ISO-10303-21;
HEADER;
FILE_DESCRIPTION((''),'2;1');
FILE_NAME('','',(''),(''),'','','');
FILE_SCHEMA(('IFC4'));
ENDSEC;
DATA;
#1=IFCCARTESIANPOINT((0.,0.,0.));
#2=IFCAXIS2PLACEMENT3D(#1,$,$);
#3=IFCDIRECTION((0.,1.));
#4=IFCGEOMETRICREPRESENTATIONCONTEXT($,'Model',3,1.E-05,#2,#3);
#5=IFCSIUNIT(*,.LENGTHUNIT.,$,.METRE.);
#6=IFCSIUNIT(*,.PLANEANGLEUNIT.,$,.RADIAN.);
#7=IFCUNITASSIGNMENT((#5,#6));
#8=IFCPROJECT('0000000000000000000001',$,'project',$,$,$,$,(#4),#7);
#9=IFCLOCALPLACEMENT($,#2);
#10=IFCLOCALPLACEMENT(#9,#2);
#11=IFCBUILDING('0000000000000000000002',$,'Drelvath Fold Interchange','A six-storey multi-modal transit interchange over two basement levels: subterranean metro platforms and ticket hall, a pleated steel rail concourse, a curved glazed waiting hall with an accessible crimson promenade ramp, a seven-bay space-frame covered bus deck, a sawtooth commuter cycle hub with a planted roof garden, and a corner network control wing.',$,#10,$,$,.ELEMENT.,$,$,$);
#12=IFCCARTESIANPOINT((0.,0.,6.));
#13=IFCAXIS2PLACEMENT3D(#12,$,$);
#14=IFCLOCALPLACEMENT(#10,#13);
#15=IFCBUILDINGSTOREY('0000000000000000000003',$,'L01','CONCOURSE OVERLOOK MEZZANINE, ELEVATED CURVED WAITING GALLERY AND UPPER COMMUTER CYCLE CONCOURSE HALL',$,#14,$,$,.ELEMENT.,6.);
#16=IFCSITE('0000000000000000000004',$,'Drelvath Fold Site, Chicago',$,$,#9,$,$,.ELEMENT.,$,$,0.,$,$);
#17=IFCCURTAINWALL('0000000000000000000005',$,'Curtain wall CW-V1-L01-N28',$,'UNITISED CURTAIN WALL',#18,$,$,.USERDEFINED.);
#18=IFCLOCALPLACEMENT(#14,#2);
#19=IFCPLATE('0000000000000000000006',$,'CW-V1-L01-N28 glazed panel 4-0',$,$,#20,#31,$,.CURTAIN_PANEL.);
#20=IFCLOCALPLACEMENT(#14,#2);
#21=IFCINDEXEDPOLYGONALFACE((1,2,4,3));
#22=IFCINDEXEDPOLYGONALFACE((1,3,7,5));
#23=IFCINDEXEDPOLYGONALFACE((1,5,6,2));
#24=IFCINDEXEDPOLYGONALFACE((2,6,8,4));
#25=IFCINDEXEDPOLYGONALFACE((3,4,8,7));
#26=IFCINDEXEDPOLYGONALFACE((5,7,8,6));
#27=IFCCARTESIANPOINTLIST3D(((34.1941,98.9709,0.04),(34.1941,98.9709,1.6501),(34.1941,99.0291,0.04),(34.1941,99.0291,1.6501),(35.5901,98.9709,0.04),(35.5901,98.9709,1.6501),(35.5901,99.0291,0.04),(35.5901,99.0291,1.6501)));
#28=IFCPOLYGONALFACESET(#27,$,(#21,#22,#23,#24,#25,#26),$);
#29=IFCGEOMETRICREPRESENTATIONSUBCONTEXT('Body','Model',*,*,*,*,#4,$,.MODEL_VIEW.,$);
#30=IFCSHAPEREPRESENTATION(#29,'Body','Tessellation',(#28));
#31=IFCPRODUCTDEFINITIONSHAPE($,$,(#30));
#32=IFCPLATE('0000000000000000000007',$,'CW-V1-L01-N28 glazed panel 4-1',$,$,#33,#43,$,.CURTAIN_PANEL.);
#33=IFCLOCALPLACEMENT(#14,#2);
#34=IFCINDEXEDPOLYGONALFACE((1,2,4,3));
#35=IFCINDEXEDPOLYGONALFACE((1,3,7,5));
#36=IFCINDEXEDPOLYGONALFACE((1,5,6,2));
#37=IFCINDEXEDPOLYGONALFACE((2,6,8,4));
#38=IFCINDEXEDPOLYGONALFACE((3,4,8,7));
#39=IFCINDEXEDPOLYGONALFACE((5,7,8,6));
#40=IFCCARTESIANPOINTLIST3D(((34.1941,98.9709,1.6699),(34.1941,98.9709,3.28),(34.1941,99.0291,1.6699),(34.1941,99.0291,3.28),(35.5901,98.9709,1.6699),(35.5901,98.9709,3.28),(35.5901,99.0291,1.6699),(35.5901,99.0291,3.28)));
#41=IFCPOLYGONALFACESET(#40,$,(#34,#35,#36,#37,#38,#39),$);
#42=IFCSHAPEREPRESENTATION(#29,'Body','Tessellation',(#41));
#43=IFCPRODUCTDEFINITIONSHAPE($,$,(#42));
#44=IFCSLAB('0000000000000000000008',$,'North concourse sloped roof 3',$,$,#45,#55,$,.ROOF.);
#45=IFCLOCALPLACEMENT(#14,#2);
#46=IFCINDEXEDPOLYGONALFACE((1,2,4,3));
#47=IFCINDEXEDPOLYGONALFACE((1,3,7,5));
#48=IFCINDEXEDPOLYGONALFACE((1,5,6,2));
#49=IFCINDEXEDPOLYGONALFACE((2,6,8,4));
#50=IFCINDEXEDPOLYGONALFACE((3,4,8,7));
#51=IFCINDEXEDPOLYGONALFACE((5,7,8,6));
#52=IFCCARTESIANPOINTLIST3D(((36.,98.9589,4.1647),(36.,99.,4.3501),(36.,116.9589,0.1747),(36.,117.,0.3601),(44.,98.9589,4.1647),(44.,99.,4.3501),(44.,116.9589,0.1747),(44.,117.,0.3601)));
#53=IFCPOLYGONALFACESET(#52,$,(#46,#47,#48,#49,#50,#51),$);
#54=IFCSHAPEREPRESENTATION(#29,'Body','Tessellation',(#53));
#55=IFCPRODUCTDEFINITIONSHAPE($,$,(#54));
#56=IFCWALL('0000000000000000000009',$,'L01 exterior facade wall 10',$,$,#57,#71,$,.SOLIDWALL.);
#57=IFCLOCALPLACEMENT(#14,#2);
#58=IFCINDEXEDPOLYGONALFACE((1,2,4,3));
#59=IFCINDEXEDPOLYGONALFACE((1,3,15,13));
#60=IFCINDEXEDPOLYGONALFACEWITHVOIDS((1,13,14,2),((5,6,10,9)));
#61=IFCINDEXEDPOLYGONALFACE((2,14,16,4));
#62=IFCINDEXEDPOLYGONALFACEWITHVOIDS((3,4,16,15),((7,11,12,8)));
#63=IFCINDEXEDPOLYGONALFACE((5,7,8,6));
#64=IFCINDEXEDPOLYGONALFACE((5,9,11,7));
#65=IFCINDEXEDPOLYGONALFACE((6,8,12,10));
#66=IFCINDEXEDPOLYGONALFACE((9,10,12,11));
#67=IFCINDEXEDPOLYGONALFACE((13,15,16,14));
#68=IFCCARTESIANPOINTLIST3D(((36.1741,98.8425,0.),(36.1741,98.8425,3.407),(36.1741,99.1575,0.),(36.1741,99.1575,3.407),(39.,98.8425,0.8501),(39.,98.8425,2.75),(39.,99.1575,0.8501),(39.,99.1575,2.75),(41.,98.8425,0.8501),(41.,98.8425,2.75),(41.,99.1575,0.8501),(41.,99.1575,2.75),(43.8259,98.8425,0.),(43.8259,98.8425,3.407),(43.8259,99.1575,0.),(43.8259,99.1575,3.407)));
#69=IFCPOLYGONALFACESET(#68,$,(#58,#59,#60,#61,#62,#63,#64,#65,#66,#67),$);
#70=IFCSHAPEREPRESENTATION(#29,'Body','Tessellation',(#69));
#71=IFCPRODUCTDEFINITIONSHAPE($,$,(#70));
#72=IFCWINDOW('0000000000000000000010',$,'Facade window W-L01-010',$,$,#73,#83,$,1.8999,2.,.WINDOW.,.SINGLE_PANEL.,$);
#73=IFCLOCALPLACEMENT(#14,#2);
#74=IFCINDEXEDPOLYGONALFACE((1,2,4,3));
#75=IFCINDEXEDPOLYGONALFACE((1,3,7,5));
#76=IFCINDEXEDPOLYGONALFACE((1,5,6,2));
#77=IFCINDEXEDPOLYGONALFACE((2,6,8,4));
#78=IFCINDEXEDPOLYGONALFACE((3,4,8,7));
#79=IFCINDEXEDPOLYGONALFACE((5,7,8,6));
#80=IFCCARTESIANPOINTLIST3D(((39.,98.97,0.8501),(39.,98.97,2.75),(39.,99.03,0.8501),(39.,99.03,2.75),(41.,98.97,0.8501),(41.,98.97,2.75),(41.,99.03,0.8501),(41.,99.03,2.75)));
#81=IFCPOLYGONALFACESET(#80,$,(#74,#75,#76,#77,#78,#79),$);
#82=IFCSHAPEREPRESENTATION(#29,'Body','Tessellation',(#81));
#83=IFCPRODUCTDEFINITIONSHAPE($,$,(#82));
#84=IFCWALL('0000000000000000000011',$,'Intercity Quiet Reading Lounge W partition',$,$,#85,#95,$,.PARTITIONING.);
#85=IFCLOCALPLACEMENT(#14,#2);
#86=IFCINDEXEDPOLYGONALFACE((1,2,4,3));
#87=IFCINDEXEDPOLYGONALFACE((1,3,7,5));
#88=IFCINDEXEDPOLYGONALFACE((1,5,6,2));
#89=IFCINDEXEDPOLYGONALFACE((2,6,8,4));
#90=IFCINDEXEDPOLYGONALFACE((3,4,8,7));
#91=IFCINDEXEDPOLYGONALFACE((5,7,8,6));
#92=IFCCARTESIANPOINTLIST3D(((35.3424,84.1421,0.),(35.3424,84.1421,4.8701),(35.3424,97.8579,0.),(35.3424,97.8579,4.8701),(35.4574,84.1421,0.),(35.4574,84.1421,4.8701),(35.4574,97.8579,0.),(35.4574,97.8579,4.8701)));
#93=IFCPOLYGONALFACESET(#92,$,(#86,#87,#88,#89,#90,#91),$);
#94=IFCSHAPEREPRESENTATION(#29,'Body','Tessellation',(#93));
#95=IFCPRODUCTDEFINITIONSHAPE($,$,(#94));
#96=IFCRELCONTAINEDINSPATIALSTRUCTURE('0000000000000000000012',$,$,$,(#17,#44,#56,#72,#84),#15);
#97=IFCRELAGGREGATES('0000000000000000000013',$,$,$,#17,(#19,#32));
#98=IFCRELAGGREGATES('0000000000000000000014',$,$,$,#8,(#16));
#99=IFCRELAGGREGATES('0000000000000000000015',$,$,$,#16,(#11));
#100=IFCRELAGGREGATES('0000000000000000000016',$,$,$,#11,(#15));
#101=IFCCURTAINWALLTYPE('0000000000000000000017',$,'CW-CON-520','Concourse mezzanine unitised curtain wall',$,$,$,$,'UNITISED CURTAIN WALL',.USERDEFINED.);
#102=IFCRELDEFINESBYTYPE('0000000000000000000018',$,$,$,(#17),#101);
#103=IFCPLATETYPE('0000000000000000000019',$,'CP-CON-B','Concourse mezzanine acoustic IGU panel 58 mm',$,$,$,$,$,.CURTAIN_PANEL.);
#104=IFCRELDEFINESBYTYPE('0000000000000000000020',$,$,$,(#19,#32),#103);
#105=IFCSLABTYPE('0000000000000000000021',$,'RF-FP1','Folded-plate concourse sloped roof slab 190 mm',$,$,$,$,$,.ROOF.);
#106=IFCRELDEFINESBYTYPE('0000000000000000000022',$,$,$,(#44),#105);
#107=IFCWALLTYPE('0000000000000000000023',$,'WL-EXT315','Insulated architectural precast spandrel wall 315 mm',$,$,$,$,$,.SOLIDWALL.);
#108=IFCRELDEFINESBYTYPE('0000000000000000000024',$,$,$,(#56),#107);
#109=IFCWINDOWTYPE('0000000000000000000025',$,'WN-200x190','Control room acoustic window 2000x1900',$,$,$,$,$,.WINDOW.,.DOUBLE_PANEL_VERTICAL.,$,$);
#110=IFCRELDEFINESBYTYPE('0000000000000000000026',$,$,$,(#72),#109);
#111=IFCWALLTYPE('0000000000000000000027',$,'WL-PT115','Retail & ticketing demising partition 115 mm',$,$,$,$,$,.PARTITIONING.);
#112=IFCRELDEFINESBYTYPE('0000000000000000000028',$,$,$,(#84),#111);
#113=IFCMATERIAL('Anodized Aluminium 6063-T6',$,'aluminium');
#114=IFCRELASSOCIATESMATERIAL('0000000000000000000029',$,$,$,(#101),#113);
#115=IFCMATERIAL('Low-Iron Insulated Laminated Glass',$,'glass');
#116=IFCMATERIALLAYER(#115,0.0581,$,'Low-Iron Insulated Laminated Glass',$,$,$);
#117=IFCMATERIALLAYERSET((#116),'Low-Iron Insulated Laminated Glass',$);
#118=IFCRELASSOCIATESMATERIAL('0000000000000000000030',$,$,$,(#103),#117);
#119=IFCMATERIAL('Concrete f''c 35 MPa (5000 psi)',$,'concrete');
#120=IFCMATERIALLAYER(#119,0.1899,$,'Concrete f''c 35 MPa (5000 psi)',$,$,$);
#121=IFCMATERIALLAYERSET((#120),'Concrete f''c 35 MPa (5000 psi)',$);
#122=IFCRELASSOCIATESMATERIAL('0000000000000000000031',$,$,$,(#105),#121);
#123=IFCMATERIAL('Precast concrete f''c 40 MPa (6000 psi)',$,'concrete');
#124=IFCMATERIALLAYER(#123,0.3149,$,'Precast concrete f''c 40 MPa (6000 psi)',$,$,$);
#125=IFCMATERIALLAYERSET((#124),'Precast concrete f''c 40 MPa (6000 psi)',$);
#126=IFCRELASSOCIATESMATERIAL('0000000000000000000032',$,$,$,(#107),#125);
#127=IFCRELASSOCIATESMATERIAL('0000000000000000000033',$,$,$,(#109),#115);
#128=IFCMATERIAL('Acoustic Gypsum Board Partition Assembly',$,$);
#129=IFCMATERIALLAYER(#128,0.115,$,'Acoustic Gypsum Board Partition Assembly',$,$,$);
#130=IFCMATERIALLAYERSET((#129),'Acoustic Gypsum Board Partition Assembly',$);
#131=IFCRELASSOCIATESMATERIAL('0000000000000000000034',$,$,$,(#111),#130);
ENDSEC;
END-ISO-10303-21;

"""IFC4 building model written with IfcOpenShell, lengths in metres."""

from ifc_helpers import new_model, si_unit, direction, frame, frame_2d, origin, origin_2d, place, context, subcontext, project, spatial, polyline, rectangle, outline, extrude, material, layer, layer_set, type_object, element, fill, aggregate, save


model = new_model("IFC4")

# Units and contexts
model_context = context("Model", 3, precision=1e-05, world=origin(), true_north=direction((0.0, 1.0)))
body_context = subcontext(model_context, "Body", "Model", "MODEL_VIEW")
ifc_project = project(units=[si_unit("LENGTHUNIT", "METRE"), si_unit("PLANEANGLEUNIT", "RADIAN")], contexts=[model_context])

# Site, building, storey
site_placement = place(None, origin())
site = spatial("IfcSite", under=ifc_project, at=site_placement, Name="Drelvath Fold Site, Chicago", CompositionType="ELEMENT", RefElevation=0.0)
building_placement = place(site_placement, origin())
building = spatial("IfcBuilding", under=site, at=building_placement, Name="Drelvath Fold Interchange", Description="A six-storey multi-modal transit interchange over two basement levels: subterranean metro platforms and ticket hall, a pleated steel rail concourse, a curved glazed waiting hall with an accessible crimson promenade ramp, a seven-bay space-frame covered bus deck, a sawtooth commuter cycle hub with a planted roof garden, and a corner network control wing.", CompositionType="ELEMENT")
storey_placement = place(building_placement, frame((0.0, 0.0, 6.0)))
storey = spatial("IfcBuildingStorey", under=building, at=storey_placement, Name="L01", Description="CONCOURSE OVERLOOK MEZZANINE, ELEVATED CURVED WAITING GALLERY AND UPPER COMMUTER CYCLE CONCOURSE HALL", CompositionType="ELEMENT", Elevation=6.0)

# Curtain wall, plates
ifc_material_1 = material(Name="Anodized Aluminium 6063-T6", Category="aluminium")
curtain_wall_type = type_object("IfcCurtainWallType", Name="CW-CON-520", Description="Concourse mezzanine unitised curtain wall", ElementType="UNITISED CURTAIN WALL", PredefinedType="USERDEFINED", material=ifc_material_1)
curtain_wall_placement = place(storey_placement, origin())
curtain_wall = element("IfcCurtainWall", 1, at=curtain_wall_placement, inside=storey, type_object=curtain_wall_type, Name="Curtain wall CW-V1-L01-N28", ObjectType="UNITISED CURTAIN WALL", PredefinedType="USERDEFINED")
ifc_material_2 = material(Name="Low-Iron Insulated Laminated Glass", Category="glass")
ifc_layer_1 = layer(ifc_material_2, 0.0581, Name="Low-Iron Insulated Laminated Glass")
ifc_layer_set_1 = layer_set([ifc_layer_1], Name="Low-Iron Insulated Laminated Glass")
plate_type = type_object("IfcPlateType", Name="CP-CON-B", Description="Concourse mezzanine acoustic IGU panel 58 mm", PredefinedType="CURTAIN_PANEL", material=ifc_layer_set_1)
plate_1_placement = place(storey_placement, frame((34.8921, 99.0, 0.04), z_axis=(0.0, 0.0, 1.0), x_axis=(1.0, 0.0, 0.0)))
plate_1 = element("IfcPlate", 2, at=plate_1_placement, type_object=plate_type, Name="CW-V1-L01-N28 glazed panel 4-0", PredefinedType="CURTAIN_PANEL", context=body_context, shape_type="SweptSolid", body=[
    extrude(rectangle(XDim=1.396, YDim=0.0581, at=origin_2d()), origin(), (0.0, 0.0, 1.0), 1.6101),
])
plate_2_placement = place(storey_placement, frame((34.8921, 99.0, 1.6699), z_axis=(0.0, 0.0, 1.0), x_axis=(1.0, 0.0, 0.0)))
plate_2 = element("IfcPlate", 3, at=plate_2_placement, type_object=plate_type, Name="CW-V1-L01-N28 glazed panel 4-1", PredefinedType="CURTAIN_PANEL", context=body_context, shape_type="SweptSolid", body=[
    extrude(rectangle(XDim=1.396, YDim=0.0581, at=origin_2d()), origin(), (0.0, 0.0, 1.0), 1.6101),
])
aggregate(curtain_wall, [plate_1, plate_2])

# Slab
ifc_material_3 = material(Name="Concrete f'c 35 MPa (5000 psi)", Category="concrete")
ifc_layer_2 = layer(ifc_material_3, 0.1899, Name="Concrete f'c 35 MPa (5000 psi)")
ifc_layer_set_2 = layer_set([ifc_layer_2], Name="Concrete f'c 35 MPa (5000 psi)")
slab_type = type_object("IfcSlabType", Name="RF-FP1", Description="Folded-plate concourse sloped roof slab 190 mm", PredefinedType="ROOF", material=ifc_layer_set_2)
slab_placement = place(storey_placement, frame((36.0, 99.0, 4.3501), z_axis=(0.0, 0.216413, 0.976302), x_axis=(1.0, 0.0, 0.0)))
element("IfcSlab", 4, at=slab_placement, inside=storey, type_object=slab_type, Name="North concourse sloped roof 3", PredefinedType="ROOF", context=body_context, shape_type="SweptSolid", body=[
    extrude(outline(polyline([(0.0, 0.0), (8.0, 0.0), (8.0, 18.4369), (0.0, 18.4369), (0.0, 0.0)])), origin(), (0.0, 0.0, -1.0), 0.1899),
])

# Wall, opening, window
ifc_material_4 = material(Name="Precast concrete f'c 40 MPa (6000 psi)", Category="concrete")
ifc_layer_3 = layer(ifc_material_4, 0.3149, Name="Precast concrete f'c 40 MPa (6000 psi)")
ifc_layer_set_3 = layer_set([ifc_layer_3], Name="Precast concrete f'c 40 MPa (6000 psi)")
wall_type_1 = type_object("IfcWallType", Name="WL-EXT315", Description="Insulated architectural precast spandrel wall 315 mm", PredefinedType="SOLIDWALL", material=ifc_layer_set_3)
wall_1_placement = place(storey_placement, frame((36.1741, 99.0, 0.0), z_axis=(0.0, 0.0, 1.0), x_axis=(1.0, 0.0, 0.0)))
wall_1 = element("IfcWall", 5, at=wall_1_placement, inside=storey, type_object=wall_type_1, Name="L01 exterior facade wall 10", PredefinedType="SOLIDWALL", context=body_context, shape_type="SweptSolid", body=[
    extrude(rectangle(XDim=7.6519, YDim=0.3149, at=frame_2d((3.8259, 0.0))), origin(), (0.0, 0.0, 1.0), 3.407),
])
opening_placement = place(wall_1_placement, frame((2.8259, 0.0, 0.8501)))
opening = element("IfcOpeningElement", 6, at=opening_placement, cuts=wall_1, PredefinedType="OPENING", context=body_context, shape_type="SweptSolid", body=[
    extrude(rectangle(XDim=2.0, YDim=1.8999, at=frame_2d((1.0, 0.95))), frame((0.0, 0.1675, 0.0), z_axis=(0.0, -1.0, 0.0), x_axis=(1.0, 0.0, 0.0)), (0.0, 0.0, 1.0), 0.335),
])
window_type = type_object("IfcWindowType", Name="WN-200x190", Description="Control room acoustic window 2000x1900", PartitioningType="DOUBLE_PANEL_VERTICAL", PredefinedType="WINDOW", material=ifc_material_2)
window_placement = place(opening_placement, origin())
window = element("IfcWindow", 7, at=window_placement, inside=storey, type_object=window_type, Name="Facade window W-L01-010", OverallHeight=1.8999, OverallWidth=2.0, PartitioningType="SINGLE_PANEL", PredefinedType="WINDOW", context=body_context, shape_type="SweptSolid", body=[
    extrude(rectangle(XDim=2.0, YDim=1.8999, at=frame_2d((1.0, 0.95))), frame((0.0, 0.03, 0.0), z_axis=(0.0, -1.0, 0.0), x_axis=(1.0, 0.0, 0.0)), (0.0, 0.0, 1.0), 0.0601),
])
fill(opening, window)

# Wall
ifc_material_5 = material(Name="Acoustic Gypsum Board Partition Assembly")
ifc_layer_4 = layer(ifc_material_5, 0.115, Name="Acoustic Gypsum Board Partition Assembly")
ifc_layer_set_4 = layer_set([ifc_layer_4], Name="Acoustic Gypsum Board Partition Assembly")
wall_type_2 = type_object("IfcWallType", Name="WL-PT115", Description="Retail & ticketing demising partition 115 mm", PredefinedType="PARTITIONING", material=ifc_layer_set_4)
wall_2_placement = place(storey_placement, frame((35.3999, 97.8579, 0.0), z_axis=(0.0, 0.0, 1.0), x_axis=(0.0, -1.0, 0.0)))
element("IfcWall", 8, at=wall_2_placement, inside=storey, type_object=wall_type_2, Name="Intercity Quiet Reading Lounge W partition", PredefinedType="PARTITIONING", context=body_context, shape_type="SweptSolid", body=[
    extrude(rectangle(XDim=13.7158, YDim=0.115, at=frame_2d((6.8579, 0.0))), origin(), (0.0, 0.0, 1.0), 4.8701),
])

save(model, "model.ifc")
